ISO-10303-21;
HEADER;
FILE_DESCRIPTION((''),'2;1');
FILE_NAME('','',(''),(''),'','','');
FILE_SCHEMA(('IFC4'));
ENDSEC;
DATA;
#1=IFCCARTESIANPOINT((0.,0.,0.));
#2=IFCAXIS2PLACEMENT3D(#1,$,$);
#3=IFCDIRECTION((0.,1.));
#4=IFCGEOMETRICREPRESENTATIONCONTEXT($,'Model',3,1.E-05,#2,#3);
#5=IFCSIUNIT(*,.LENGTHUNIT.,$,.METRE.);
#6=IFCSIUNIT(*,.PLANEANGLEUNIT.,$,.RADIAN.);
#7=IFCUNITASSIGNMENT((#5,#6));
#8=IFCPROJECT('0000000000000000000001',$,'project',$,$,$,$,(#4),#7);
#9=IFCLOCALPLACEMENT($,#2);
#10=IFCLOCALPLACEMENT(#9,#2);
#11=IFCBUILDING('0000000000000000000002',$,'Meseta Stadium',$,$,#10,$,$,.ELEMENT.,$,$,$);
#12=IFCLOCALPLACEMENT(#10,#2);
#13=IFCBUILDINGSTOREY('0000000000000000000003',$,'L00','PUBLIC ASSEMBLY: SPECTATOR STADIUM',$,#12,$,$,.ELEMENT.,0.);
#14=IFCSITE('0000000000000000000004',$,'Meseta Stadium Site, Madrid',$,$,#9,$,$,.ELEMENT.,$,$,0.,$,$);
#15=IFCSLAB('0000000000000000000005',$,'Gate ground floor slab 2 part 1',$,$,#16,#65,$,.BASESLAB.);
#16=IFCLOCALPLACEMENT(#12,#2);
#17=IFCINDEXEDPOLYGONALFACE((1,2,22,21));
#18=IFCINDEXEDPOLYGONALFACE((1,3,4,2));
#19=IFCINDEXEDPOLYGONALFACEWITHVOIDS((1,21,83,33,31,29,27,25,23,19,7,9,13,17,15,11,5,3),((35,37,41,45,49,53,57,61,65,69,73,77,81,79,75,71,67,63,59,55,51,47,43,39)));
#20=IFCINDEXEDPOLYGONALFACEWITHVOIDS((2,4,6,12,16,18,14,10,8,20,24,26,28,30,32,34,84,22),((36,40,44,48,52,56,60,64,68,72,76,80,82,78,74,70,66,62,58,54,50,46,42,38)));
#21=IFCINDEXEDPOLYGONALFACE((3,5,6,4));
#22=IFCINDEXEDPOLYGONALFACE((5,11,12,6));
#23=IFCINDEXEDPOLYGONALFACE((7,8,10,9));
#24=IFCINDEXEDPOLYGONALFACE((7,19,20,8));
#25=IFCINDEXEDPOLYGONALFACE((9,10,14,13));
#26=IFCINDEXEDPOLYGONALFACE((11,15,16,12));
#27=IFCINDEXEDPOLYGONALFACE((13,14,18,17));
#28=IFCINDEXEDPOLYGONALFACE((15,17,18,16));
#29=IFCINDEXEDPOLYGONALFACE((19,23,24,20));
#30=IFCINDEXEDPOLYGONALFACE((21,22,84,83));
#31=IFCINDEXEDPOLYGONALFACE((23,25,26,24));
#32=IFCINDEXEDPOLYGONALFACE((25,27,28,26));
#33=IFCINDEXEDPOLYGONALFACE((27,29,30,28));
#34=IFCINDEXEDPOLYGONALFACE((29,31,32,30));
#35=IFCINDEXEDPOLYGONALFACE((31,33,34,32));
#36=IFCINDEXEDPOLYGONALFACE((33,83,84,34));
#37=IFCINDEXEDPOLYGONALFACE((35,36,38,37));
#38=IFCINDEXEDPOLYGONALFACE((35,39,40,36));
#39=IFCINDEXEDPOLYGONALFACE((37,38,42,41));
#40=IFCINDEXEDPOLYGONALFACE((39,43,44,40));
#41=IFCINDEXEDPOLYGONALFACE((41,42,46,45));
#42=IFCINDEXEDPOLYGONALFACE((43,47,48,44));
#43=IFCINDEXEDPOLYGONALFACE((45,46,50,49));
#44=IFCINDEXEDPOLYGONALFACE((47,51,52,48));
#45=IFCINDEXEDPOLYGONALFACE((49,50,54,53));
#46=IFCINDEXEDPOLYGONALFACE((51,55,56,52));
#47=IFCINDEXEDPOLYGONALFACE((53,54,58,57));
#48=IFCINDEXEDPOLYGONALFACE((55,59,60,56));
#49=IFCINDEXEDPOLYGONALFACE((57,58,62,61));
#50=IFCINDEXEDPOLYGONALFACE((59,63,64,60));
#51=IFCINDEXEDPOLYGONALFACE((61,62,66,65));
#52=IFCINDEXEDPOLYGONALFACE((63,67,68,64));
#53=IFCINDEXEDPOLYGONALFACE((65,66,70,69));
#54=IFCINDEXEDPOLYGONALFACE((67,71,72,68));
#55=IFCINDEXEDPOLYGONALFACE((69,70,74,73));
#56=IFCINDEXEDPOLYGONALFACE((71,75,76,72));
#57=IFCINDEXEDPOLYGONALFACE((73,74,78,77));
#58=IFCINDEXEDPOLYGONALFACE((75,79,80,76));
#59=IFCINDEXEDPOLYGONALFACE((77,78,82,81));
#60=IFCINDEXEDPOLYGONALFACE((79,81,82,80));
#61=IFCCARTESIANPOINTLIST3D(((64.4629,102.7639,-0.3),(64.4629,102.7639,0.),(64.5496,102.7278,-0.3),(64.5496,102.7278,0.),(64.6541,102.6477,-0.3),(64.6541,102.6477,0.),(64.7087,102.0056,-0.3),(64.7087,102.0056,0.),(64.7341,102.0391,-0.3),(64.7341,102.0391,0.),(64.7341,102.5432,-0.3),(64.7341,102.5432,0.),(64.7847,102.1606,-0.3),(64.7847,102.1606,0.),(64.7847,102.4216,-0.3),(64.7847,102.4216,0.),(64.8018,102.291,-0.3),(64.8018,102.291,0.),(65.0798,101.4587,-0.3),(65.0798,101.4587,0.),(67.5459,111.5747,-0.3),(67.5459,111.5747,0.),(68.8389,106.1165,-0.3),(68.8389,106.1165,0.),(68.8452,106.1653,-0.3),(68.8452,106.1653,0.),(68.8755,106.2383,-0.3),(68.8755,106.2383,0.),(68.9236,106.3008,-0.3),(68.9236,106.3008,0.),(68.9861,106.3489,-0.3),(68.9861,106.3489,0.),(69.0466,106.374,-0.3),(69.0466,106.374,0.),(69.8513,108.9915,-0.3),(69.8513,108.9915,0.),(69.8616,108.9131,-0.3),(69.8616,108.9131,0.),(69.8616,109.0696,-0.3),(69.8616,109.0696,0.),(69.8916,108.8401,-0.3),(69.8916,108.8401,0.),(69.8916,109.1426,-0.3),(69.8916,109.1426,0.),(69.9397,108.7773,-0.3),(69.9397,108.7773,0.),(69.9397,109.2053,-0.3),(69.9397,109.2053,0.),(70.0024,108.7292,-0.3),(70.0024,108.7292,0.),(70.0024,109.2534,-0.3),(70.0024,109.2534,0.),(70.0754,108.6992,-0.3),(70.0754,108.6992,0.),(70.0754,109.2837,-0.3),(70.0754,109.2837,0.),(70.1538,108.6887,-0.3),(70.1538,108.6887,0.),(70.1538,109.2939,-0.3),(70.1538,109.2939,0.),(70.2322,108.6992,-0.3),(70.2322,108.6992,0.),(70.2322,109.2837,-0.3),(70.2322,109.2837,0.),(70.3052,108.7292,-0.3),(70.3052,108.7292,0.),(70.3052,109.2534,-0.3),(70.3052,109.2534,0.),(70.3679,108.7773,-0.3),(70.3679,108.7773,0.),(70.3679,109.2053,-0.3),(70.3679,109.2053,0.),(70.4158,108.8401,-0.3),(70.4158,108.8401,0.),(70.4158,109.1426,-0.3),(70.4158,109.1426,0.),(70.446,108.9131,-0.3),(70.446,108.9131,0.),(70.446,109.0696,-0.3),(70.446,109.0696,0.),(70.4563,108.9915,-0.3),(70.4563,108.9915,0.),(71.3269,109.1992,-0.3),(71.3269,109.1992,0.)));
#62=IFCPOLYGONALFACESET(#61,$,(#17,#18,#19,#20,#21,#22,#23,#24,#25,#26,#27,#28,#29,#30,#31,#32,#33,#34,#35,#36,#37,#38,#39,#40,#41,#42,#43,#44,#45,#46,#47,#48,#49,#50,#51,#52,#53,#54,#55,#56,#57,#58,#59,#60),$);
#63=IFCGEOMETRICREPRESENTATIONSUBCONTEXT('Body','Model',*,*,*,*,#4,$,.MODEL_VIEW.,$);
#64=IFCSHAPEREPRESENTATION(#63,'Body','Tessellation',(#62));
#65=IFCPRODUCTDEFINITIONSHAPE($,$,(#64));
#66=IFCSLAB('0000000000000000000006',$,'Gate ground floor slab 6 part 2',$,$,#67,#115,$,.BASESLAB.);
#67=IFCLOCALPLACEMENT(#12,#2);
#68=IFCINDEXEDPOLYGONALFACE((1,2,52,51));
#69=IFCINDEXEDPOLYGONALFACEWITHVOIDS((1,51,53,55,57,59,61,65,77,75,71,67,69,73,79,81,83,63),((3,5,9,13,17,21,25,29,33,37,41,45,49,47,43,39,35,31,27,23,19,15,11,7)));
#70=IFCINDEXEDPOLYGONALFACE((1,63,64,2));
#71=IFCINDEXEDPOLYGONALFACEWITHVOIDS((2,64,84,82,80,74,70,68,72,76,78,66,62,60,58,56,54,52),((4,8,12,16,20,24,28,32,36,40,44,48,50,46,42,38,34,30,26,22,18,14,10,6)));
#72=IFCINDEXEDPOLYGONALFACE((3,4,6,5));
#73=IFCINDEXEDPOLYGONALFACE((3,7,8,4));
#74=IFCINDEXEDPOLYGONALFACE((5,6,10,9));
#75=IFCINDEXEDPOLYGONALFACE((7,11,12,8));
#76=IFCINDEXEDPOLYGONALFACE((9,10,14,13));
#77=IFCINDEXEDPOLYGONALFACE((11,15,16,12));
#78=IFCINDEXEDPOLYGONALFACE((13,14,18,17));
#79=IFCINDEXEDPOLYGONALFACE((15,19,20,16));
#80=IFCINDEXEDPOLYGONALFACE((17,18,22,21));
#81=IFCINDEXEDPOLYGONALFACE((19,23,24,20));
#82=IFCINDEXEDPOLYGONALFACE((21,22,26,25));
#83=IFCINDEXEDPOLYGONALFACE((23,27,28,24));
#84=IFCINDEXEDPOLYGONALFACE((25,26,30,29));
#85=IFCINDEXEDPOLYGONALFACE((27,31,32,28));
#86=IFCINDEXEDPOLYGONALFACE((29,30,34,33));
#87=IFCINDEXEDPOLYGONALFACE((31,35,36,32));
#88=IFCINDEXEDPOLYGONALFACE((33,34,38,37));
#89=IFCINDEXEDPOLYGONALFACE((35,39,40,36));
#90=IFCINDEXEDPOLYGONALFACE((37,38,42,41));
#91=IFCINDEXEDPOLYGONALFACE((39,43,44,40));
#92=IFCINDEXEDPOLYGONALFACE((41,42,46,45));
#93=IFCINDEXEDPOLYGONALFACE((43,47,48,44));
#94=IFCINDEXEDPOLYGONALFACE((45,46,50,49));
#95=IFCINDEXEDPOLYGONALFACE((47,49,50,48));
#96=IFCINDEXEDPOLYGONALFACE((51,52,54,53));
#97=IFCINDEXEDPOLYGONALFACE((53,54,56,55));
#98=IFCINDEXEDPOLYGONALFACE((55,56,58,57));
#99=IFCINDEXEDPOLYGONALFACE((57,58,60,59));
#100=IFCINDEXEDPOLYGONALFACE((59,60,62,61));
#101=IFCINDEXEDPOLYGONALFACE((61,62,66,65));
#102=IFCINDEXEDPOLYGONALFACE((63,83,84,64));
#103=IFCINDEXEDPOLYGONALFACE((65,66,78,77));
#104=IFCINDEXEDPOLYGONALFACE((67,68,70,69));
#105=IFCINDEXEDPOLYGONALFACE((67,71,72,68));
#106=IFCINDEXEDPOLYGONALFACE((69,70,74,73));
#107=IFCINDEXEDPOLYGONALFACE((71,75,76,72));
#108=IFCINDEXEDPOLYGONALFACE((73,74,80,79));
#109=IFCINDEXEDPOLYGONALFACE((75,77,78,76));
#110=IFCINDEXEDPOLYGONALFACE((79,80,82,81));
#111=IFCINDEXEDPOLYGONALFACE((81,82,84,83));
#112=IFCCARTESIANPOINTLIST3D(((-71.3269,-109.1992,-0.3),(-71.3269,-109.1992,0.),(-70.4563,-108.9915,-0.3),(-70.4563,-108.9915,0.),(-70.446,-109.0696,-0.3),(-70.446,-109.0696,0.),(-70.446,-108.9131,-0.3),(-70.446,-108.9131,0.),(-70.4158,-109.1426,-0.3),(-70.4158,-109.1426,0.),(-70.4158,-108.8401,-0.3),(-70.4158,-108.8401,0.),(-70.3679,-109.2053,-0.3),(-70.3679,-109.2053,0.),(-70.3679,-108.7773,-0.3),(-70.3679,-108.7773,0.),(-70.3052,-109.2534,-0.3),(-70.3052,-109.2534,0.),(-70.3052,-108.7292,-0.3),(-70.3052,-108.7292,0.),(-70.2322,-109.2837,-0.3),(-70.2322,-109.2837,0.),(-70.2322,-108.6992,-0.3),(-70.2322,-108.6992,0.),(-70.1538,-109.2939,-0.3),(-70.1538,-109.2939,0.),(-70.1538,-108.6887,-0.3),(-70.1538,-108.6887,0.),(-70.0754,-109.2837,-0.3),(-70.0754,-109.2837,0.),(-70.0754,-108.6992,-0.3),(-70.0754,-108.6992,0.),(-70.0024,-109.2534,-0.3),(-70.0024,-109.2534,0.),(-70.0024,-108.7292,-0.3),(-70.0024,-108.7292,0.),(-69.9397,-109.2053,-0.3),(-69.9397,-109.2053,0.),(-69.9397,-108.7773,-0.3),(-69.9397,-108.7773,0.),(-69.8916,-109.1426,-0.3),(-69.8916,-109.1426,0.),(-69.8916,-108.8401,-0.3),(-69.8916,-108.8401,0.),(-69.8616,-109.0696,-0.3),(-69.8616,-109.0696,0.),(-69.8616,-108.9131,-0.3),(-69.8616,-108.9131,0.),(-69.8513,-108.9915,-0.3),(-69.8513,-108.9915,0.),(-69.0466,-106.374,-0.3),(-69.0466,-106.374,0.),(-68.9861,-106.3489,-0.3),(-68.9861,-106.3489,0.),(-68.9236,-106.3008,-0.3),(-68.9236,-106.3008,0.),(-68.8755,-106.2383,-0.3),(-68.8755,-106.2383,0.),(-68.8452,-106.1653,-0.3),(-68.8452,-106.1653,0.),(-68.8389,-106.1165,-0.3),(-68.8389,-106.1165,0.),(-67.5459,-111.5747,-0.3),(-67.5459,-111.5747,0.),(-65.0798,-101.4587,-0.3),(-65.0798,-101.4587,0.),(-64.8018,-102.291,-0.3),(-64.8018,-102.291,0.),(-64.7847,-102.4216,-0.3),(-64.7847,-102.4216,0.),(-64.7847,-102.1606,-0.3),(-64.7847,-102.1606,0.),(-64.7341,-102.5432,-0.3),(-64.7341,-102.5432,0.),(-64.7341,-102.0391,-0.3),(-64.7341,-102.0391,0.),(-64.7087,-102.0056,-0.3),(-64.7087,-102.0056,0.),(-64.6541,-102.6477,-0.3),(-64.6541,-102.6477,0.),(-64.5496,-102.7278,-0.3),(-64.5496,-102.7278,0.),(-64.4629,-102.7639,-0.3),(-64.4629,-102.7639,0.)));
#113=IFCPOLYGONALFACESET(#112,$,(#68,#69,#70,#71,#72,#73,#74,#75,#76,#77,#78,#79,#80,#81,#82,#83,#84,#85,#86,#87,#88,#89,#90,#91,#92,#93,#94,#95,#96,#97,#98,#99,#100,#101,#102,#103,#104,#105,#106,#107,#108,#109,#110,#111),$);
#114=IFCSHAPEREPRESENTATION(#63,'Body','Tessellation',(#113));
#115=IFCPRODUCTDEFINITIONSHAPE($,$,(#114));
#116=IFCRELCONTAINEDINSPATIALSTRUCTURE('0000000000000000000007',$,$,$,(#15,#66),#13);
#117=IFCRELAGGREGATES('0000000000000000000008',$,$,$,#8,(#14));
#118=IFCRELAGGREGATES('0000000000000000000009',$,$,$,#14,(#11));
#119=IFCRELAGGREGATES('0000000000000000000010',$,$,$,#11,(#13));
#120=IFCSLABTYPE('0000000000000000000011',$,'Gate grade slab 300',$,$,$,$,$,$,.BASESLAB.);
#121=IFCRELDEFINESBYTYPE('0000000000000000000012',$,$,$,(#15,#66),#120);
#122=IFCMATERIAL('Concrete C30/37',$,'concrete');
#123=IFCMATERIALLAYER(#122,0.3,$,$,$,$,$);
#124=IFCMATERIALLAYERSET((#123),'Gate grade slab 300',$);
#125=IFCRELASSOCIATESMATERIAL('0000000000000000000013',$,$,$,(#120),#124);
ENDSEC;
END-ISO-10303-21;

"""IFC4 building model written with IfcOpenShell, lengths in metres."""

from ifc_helpers import new_model, si_unit, direction, frame, origin, place, context, subcontext, project, spatial, polyline, outline, extrude, material, layer, layer_set, type_object, element, save


model = new_model("IFC4")

# Units and contexts
model_context = context("Model", 3, precision=1e-05, world=origin(), true_north=direction((0.0, 1.0)))
body_context = subcontext(model_context, "Body", "Model", "MODEL_VIEW")
ifc_project = project(units=[si_unit("LENGTHUNIT", "METRE"), si_unit("PLANEANGLEUNIT", "RADIAN")], contexts=[model_context])

# Site, building, storey
site_placement = place(None, origin())
site = spatial("IfcSite", under=ifc_project, at=site_placement, Name="Meseta Stadium Site, Madrid", CompositionType="ELEMENT", RefElevation=0.0)
building_placement = place(site_placement, origin())
building = spatial("IfcBuilding", under=site, at=building_placement, Name="Meseta Stadium", CompositionType="ELEMENT")
storey_placement = place(building_placement, origin())
storey = spatial("IfcBuildingStorey", under=building, at=storey_placement, Name="L00", Description="PUBLIC ASSEMBLY: SPECTATOR STADIUM", CompositionType="ELEMENT", Elevation=0.0)

# Slabs
ifc_material_1 = material(Name="Concrete C30/37", Category="concrete")
ifc_layer_1 = layer(ifc_material_1, 0.3)
ifc_layer_set_1 = layer_set([ifc_layer_1], Name="Gate grade slab 300")
slab_type_1 = type_object("IfcSlabType", Name="Gate grade slab 300", PredefinedType="BASESLAB", material=ifc_layer_set_1)
slab_1_placement = place(storey_placement, frame((0.0, 0.0, -0.3)))
element("IfcSlab", 1, at=slab_1_placement, inside=storey, type_object=slab_type_1, Name="Gate ground floor slab 2 part 1", PredefinedType="BASESLAB", context=body_context, shape_type="SweptSolid", body=[
    extrude(outline(polyline([(64.7087, 102.0056), (65.0798, 101.4587), (68.8389, 106.1165), (68.8452, 106.1653), (68.8755, 106.2383), (68.9236, 106.3008), (68.9861, 106.3489), (69.0466, 106.374), (71.3269, 109.1992), (67.5459, 111.5747), (64.4629, 102.7639), (64.5496, 102.7278), (64.6541, 102.6477), (64.7341, 102.5432), (64.7847, 102.4216), (64.8018, 102.291), (64.7847, 102.1606), (64.7341, 102.0391), (64.7087, 102.0056)]), holes=[polyline([(70.3052, 108.7292), (70.2322, 108.6992), (70.1538, 108.6887), (70.0754, 108.6992), (70.0024, 108.7292), (69.9397, 108.7773), (69.8916, 108.8401), (69.8616, 108.9131), (69.8513, 108.9915), (69.8616, 109.0696), (69.8916, 109.1426), (69.9397, 109.2053), (70.0024, 109.2534), (70.0754, 109.2837), (70.1538, 109.2939), (70.2322, 109.2837), (70.3052, 109.2534), (70.3679, 109.2053), (70.4158, 109.1426), (70.446, 109.0696), (70.4563, 108.9915), (70.446, 108.9131), (70.4158, 108.8401), (70.3679, 108.7773), (70.3052, 108.7292)])]), origin(), (0.0, 0.0, 1.0), 0.3),
])
slab_2_placement = place(storey_placement, frame((0.0, 0.0, -0.3)))
element("IfcSlab", 2, at=slab_2_placement, inside=storey, type_object=slab_type_1, Name="Gate ground floor slab 6 part 2", PredefinedType="BASESLAB", context=body_context, shape_type="SweptSolid", body=[
    extrude(outline(polyline([(-64.7087, -102.0056), (-65.0798, -101.4587), (-68.8389, -106.1165), (-68.8452, -106.1653), (-68.8755, -106.2383), (-68.9236, -106.3008), (-68.9861, -106.3489), (-69.0466, -106.374), (-71.3269, -109.1992), (-67.5459, -111.5747), (-64.4629, -102.7639), (-64.5496, -102.7278), (-64.6541, -102.6477), (-64.7341, -102.5432), (-64.7847, -102.4216), (-64.8018, -102.291), (-64.7847, -102.1606), (-64.7341, -102.0391), (-64.7087, -102.0056)]), holes=[polyline([(-69.9397, -109.2053), (-70.0024, -109.2534), (-70.0754, -109.2837), (-70.1538, -109.2939), (-70.2322, -109.2837), (-70.3052, -109.2534), (-70.3679, -109.2053), (-70.4158, -109.1426), (-70.446, -109.0696), (-70.4563, -108.9915), (-70.446, -108.9131), (-70.4158, -108.8401), (-70.3679, -108.7773), (-70.3052, -108.7292), (-70.2322, -108.6992), (-70.1538, -108.6887), (-70.0754, -108.6992), (-70.0024, -108.7292), (-69.9397, -108.7773), (-69.8916, -108.8401), (-69.8616, -108.9131), (-69.8513, -108.9915), (-69.8616, -109.0696), (-69.8916, -109.1426), (-69.9397, -109.2053)])]), origin(), (0.0, 0.0, 1.0), 0.3),
])

save(model, "model.ifc")
